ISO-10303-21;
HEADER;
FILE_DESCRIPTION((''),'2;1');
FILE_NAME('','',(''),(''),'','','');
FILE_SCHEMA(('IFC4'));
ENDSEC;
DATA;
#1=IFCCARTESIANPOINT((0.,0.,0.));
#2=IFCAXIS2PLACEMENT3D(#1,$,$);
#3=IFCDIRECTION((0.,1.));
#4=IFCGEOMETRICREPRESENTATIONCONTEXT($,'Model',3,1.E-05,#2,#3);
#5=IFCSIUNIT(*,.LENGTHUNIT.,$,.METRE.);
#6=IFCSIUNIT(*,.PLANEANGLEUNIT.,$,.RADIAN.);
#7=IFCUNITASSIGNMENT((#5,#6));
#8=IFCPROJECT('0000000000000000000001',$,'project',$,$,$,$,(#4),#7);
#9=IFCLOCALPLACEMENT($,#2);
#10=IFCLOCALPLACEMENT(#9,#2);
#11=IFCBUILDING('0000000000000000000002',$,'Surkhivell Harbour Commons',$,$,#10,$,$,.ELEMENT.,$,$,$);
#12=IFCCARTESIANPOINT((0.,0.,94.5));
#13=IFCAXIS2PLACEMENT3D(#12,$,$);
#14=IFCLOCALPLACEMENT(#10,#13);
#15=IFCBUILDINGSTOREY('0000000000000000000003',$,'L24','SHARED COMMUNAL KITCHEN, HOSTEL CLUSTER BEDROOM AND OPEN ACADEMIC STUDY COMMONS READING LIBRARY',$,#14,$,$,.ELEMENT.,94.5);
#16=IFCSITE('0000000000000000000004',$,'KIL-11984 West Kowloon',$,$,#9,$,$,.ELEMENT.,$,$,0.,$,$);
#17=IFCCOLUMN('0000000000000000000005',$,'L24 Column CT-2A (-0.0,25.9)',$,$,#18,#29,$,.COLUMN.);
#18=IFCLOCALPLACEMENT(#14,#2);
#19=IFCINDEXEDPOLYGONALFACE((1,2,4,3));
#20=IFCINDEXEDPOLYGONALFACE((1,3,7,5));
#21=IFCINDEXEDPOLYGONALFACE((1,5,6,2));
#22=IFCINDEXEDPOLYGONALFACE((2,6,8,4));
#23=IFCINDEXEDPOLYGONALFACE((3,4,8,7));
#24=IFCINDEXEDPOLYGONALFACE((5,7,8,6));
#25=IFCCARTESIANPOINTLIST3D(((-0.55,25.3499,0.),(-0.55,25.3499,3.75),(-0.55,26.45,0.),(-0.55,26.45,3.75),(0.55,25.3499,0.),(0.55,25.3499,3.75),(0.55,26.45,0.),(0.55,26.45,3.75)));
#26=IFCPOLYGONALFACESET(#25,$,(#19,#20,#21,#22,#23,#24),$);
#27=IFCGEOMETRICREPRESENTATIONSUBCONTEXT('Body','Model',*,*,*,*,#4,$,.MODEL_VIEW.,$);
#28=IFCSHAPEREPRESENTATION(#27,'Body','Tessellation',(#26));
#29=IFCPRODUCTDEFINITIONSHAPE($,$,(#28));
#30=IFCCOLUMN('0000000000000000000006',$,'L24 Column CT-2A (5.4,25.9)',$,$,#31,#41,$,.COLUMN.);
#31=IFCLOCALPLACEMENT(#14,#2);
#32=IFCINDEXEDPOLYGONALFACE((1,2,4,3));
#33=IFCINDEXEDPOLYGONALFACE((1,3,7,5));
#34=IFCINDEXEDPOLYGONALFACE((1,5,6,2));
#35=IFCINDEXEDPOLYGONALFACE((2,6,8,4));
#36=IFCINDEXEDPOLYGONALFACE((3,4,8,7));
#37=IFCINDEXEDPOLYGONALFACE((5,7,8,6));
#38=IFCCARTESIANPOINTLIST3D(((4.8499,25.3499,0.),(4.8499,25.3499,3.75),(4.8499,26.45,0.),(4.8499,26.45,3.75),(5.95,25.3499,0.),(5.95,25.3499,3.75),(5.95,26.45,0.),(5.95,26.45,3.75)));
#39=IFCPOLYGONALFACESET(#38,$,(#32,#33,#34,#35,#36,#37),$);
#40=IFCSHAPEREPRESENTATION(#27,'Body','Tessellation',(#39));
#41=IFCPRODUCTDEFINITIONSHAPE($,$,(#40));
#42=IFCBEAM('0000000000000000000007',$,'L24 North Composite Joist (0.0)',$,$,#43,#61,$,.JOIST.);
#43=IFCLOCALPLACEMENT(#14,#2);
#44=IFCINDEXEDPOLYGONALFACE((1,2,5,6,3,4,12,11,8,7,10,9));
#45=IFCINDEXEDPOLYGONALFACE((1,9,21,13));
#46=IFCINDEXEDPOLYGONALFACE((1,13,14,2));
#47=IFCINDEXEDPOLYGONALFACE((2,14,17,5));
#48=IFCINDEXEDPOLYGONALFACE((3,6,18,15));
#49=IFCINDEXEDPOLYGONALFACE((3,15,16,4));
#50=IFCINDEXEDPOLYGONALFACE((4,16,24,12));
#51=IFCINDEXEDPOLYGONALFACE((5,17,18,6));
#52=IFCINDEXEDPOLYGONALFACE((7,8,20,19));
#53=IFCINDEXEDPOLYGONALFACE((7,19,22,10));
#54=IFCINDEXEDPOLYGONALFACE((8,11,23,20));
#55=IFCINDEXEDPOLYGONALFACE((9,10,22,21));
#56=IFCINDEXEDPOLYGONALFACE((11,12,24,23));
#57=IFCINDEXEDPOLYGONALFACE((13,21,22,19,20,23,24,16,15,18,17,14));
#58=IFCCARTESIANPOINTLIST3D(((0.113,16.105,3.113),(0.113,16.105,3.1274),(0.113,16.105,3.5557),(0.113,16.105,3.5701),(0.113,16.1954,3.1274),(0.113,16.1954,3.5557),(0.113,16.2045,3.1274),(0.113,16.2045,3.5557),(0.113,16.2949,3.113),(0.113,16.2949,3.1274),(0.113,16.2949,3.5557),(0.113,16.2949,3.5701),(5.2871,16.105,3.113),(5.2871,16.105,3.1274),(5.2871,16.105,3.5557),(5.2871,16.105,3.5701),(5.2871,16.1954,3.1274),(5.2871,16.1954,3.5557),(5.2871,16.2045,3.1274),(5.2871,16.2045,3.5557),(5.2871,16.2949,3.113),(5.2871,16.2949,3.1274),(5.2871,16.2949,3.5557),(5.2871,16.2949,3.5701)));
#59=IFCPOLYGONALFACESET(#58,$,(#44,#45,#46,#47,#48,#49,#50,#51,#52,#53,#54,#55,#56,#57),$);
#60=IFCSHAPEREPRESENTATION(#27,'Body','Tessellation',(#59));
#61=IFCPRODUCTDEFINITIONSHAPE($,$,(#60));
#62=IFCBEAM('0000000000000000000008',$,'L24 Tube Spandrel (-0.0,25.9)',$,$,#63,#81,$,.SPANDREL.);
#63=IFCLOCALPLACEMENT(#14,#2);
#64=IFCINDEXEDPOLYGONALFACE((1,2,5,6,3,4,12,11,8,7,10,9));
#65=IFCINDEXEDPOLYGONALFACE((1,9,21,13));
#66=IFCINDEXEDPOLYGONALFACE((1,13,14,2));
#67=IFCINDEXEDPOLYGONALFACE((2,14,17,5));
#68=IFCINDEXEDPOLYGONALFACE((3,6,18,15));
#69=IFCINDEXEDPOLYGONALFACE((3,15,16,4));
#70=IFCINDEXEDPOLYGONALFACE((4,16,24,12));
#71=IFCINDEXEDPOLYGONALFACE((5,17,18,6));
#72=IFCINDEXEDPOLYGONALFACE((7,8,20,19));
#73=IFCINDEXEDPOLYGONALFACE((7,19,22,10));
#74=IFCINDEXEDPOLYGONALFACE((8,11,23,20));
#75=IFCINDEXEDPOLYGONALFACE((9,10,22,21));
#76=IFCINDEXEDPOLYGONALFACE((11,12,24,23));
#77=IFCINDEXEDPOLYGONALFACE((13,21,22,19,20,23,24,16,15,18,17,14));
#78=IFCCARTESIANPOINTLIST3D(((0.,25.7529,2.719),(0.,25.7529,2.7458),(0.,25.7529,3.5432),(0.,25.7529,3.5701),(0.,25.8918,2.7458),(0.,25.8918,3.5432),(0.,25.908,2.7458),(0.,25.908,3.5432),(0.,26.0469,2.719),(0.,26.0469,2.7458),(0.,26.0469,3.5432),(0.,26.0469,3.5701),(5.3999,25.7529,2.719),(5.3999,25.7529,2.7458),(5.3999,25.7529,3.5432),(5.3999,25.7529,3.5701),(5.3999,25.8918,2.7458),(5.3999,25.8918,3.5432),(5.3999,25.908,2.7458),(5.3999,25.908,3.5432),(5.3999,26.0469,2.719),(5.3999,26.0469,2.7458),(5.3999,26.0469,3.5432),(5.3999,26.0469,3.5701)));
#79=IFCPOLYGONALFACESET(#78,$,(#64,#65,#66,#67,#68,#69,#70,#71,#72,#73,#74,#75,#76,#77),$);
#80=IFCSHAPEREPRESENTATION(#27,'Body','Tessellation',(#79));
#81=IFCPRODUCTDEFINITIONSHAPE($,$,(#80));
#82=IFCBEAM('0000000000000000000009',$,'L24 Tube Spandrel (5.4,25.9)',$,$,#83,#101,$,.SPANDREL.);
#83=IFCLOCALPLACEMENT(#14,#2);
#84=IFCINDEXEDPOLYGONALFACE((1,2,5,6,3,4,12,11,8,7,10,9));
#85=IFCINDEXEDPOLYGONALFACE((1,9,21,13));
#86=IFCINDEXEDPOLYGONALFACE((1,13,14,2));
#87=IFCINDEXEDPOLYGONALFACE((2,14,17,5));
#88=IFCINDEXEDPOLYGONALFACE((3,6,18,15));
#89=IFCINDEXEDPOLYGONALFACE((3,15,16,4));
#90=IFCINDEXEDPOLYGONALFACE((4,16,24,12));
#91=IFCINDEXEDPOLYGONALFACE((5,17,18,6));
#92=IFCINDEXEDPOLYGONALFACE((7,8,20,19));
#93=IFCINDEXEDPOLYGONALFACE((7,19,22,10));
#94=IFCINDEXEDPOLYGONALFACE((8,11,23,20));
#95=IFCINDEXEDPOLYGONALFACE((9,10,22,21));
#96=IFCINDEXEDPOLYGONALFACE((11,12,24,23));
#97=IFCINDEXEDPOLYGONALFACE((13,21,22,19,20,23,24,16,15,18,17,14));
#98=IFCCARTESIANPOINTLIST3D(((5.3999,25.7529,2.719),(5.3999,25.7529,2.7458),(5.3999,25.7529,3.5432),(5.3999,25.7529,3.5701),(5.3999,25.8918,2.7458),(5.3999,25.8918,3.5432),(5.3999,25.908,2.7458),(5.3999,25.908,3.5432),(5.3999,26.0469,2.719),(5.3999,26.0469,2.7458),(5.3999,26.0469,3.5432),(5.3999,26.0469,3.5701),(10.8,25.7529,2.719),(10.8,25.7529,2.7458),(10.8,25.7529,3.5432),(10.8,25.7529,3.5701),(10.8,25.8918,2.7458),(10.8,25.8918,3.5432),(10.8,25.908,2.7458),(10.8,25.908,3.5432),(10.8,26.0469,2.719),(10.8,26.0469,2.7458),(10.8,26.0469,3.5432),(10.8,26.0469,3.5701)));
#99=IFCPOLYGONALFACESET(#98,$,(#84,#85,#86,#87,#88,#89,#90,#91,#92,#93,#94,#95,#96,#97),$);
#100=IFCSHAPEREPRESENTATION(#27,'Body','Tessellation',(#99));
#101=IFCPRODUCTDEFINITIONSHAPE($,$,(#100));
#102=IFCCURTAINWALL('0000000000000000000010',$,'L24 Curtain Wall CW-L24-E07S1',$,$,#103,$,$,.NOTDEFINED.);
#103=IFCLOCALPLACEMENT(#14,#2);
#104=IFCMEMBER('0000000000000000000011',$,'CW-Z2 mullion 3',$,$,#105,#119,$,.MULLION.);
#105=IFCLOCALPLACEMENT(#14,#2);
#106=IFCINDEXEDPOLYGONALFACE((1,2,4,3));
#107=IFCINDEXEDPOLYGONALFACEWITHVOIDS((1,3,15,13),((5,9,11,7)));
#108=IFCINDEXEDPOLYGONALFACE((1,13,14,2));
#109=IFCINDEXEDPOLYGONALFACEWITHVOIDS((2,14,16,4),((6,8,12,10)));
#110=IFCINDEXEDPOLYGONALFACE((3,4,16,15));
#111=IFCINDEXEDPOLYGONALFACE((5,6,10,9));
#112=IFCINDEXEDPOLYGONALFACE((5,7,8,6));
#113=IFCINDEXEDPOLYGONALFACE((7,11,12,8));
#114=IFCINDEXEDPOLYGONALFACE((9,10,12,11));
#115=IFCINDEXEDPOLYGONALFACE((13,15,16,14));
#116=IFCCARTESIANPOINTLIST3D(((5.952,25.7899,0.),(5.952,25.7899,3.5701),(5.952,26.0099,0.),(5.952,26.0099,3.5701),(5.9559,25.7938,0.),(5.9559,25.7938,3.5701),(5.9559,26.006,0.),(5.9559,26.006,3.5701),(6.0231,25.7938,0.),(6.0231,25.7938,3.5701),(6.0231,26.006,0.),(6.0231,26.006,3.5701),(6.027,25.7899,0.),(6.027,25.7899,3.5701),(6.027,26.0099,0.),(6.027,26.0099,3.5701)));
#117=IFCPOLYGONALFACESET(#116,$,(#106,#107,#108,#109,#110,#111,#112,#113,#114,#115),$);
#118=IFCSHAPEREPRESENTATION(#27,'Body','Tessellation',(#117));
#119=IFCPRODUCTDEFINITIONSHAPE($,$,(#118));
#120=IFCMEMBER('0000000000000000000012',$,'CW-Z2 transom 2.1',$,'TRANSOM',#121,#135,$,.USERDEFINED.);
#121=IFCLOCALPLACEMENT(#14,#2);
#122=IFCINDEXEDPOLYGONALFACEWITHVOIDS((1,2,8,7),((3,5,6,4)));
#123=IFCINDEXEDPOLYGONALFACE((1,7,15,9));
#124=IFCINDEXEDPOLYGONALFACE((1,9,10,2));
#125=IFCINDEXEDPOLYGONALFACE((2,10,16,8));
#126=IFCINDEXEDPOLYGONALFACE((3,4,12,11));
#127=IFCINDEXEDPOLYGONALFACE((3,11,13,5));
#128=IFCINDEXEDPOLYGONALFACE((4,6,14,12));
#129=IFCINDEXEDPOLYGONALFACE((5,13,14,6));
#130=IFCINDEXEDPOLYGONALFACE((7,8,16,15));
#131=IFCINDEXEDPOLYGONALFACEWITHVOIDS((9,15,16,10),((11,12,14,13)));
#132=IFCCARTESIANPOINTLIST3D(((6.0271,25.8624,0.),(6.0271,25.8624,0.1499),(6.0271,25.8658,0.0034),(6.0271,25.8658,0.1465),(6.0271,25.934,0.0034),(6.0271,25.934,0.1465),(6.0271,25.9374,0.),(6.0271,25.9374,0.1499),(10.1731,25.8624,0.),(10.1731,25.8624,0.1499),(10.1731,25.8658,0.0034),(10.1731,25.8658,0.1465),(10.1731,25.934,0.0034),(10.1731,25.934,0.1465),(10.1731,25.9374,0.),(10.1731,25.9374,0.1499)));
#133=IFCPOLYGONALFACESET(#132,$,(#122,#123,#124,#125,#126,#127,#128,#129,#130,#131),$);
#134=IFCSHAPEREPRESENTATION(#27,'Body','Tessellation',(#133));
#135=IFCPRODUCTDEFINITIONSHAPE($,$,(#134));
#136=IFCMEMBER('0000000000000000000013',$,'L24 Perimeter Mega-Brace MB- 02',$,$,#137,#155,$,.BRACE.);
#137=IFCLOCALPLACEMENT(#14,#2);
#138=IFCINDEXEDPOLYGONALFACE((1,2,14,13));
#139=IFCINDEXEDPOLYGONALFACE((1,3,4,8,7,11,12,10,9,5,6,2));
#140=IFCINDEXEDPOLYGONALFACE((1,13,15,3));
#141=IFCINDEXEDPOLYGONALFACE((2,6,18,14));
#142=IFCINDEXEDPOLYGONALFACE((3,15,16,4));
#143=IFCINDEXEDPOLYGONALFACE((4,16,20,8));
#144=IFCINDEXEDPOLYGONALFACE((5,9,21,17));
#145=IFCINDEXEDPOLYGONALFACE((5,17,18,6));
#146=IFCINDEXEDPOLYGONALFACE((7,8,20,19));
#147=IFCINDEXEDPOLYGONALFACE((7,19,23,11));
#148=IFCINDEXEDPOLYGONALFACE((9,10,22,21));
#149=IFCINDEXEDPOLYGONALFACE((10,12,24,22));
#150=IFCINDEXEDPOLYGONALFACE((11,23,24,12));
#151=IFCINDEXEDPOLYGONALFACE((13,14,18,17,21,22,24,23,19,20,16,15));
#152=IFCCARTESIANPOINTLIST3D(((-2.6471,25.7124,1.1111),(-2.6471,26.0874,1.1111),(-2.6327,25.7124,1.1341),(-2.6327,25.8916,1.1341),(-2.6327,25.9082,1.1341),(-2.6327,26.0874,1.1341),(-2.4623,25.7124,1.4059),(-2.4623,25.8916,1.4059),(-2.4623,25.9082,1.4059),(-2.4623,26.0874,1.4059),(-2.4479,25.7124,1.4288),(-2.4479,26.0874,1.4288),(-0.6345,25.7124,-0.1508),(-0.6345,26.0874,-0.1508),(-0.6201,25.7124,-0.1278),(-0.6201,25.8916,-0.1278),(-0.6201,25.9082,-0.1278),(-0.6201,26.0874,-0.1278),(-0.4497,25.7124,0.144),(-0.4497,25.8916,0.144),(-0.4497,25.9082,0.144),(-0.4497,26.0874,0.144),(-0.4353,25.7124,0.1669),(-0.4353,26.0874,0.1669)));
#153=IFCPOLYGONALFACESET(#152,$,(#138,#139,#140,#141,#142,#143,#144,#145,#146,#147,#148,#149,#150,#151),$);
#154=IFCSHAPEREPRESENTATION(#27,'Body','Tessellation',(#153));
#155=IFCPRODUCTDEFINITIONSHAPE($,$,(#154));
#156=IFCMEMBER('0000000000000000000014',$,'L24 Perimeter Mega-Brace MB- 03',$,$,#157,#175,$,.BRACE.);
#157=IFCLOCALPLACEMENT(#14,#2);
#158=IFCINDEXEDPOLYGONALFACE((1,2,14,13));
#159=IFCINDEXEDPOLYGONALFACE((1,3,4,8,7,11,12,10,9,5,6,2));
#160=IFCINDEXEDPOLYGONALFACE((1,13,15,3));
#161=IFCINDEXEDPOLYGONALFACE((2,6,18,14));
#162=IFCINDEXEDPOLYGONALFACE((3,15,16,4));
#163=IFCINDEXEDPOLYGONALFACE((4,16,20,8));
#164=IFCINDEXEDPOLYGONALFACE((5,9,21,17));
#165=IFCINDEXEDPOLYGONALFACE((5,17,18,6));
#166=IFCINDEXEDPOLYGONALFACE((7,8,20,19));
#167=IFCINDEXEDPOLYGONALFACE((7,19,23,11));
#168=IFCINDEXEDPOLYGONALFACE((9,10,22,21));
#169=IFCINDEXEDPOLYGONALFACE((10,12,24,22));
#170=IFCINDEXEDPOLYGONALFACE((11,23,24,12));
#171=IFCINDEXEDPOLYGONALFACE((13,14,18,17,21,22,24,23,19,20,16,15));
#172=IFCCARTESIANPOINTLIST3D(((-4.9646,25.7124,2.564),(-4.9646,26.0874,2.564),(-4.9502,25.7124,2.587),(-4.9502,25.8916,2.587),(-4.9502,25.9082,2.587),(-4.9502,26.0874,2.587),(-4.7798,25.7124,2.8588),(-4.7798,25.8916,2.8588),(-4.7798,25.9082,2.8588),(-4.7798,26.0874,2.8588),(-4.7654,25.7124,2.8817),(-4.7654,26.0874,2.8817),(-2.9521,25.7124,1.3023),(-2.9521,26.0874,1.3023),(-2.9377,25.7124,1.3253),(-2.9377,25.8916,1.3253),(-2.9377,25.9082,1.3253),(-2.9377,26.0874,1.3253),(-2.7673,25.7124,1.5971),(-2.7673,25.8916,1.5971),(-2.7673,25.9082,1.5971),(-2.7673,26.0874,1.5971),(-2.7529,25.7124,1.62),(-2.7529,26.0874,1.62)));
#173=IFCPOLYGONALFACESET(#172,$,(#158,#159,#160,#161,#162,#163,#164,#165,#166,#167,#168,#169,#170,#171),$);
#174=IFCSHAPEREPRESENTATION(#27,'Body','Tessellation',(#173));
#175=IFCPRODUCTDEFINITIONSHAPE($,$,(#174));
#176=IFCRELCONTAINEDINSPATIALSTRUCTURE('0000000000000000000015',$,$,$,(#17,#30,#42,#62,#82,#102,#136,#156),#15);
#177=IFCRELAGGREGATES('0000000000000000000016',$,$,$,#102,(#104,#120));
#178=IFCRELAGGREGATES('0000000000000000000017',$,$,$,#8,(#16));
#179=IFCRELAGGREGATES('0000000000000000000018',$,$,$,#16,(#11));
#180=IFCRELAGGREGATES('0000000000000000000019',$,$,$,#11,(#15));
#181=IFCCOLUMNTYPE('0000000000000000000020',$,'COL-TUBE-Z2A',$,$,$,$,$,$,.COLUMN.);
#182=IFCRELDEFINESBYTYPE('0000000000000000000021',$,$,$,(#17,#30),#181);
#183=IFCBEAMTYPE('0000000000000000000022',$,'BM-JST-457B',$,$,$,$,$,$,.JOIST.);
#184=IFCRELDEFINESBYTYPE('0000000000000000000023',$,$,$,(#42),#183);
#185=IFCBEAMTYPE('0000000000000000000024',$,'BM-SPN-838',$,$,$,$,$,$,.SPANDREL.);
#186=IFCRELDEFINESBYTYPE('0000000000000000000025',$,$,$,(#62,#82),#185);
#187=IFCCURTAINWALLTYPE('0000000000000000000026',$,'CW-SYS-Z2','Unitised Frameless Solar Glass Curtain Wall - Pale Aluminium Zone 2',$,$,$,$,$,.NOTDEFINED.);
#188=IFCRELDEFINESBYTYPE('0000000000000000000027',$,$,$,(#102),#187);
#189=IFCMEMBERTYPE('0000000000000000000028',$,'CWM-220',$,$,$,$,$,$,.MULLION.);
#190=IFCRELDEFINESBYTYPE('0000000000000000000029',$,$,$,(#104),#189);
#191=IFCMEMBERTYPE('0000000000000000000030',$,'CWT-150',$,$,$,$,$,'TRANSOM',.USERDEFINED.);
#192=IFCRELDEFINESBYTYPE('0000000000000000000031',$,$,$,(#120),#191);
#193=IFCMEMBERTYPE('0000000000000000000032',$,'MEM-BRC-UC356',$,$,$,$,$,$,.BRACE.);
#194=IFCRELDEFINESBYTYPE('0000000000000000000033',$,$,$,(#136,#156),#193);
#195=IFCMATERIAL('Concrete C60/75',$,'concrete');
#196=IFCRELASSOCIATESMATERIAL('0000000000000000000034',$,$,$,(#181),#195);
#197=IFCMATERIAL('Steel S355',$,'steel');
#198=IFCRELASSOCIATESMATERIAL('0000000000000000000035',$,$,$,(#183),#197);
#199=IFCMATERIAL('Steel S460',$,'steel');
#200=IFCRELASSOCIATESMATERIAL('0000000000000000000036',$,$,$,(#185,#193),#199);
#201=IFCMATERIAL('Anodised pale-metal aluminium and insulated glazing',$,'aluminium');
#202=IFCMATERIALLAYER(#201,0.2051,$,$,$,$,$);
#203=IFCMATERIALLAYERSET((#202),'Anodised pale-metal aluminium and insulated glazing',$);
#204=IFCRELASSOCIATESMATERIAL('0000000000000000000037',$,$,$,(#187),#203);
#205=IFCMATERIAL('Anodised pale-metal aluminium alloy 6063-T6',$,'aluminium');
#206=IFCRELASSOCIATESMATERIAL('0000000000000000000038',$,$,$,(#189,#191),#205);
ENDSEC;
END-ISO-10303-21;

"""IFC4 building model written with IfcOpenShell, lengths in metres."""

from ifc_helpers import new_model, si_unit, direction, frame, origin, origin_2d, place, context, subcontext, project, spatial, rectangle, hollow_rectangle, i_section, extrude, material, layer, layer_set, material_profile, profile_set, type_object, element, aggregate, save


model = new_model("IFC4")

# Units and contexts
model_context = context("Model", 3, precision=1e-05, world=origin(), true_north=direction((0.0, 1.0)))
body_context = subcontext(model_context, "Body", "Model", "MODEL_VIEW")
ifc_project = project(units=[si_unit("LENGTHUNIT", "METRE"), si_unit("PLANEANGLEUNIT", "RADIAN")], contexts=[model_context])

# Site, building, storey
site_placement = place(None, origin())
site = spatial("IfcSite", under=ifc_project, at=site_placement, Name="KIL-11984 West Kowloon", CompositionType="ELEMENT", RefElevation=0.0)
building_placement = place(site_placement, origin())
building = spatial("IfcBuilding", under=site, at=building_placement, Name="Surkhivell Harbour Commons", CompositionType="ELEMENT")
storey_placement = place(building_placement, frame((0.0, 0.0, 94.5)))
storey = spatial("IfcBuildingStorey", under=building, at=storey_placement, Name="L24", Description="SHARED COMMUNAL KITCHEN, HOSTEL CLUSTER BEDROOM AND OPEN ACADEMIC STUDY COMMONS READING LIBRARY", CompositionType="ELEMENT", Elevation=94.5)

# Columns
ifc_material_1 = material(Name="Concrete C60/75", Category="concrete")
ifc_material_profile_1 = material_profile(ifc_material_1, rectangle(XDim=1.1001, YDim=1.1001, at=origin_2d()), Name="RC-COL-1100x1100")
ifc_profile_set_1 = profile_set([ifc_material_profile_1], Name="Concrete C60/75")
column_type = type_object("IfcColumnType", Name="COL-TUBE-Z2A", PredefinedType="COLUMN", material=ifc_profile_set_1)
for number, where, z_axis, x_axis, name in (
    (1, (0.0, 25.8999, 0.0), (0.0, 0.0, 1.0), (1.0, 0.0, 0.0), "L24 Column CT-2A (-0.0,25.9)"),
    (2, (5.3999, 25.8999, 0.0), (0.0, 0.0, 1.0), (1.0, 0.0, 0.0), "L24 Column CT-2A (5.4,25.9)"),
):
    element("IfcColumn", number, at=place(storey_placement, frame(where, z_axis=z_axis, x_axis=x_axis)), inside=storey, type_object=column_type, Name=name, PredefinedType="COLUMN", context=body_context, shape_type="SweptSolid", body=[
        extrude(rectangle(XDim=1.1001, YDim=1.1001, at=origin_2d()), origin(), (0.0, 0.0, 1.0), 3.75),
    ])

# Beams
ifc_material_2 = material(Name="Steel S355", Category="steel")
ifc_material_profile_2 = material_profile(ifc_material_2, i_section(OverallWidth=0.1899, OverallDepth=0.457, WebThickness=0.009, FlangeThickness=0.0144, at=origin_2d()), Name="UB457x191x74")
ifc_profile_set_2 = profile_set([ifc_material_profile_2], Name="Steel S355")
beam_type_1 = type_object("IfcBeamType", Name="BM-JST-457B", PredefinedType="JOIST", material=ifc_profile_set_2)
beam_1_placement = place(storey_placement, frame((0.113, 16.2, 3.3416), z_axis=(1.0, 0.0, 0.0), x_axis=(0.0, 1.0, 0.0)))
element("IfcBeam", 3, at=beam_1_placement, inside=storey, type_object=beam_type_1, Name="L24 North Composite Joist (0.0)", PredefinedType="JOIST", context=body_context, shape_type="SweptSolid", body=[
    extrude(i_section(OverallWidth=0.1899, OverallDepth=0.457, WebThickness=0.009, FlangeThickness=0.0144, at=origin_2d()), origin(), (0.0, 0.0, 1.0), 5.1741),
])
ifc_material_3 = material(Name="Steel S460", Category="steel")
ifc_material_profile_3 = material_profile(ifc_material_3, i_section(OverallWidth=0.2939, OverallDepth=0.8511, WebThickness=0.0161, FlangeThickness=0.0269, at=origin_2d()), Name="UB838x292x226")
ifc_profile_set_3 = profile_set([ifc_material_profile_3], Name="Steel S460")
beam_type_2 = type_object("IfcBeamType", Name="BM-SPN-838", PredefinedType="SPANDREL", material=ifc_profile_set_3)
beam_2_placement = place(storey_placement, frame((0.0, 25.8999, 3.1445), z_axis=(1.0, 0.0, 0.0), x_axis=(0.0, 1.0, 0.0)))
element("IfcBeam", 4, at=beam_2_placement, inside=storey, type_object=beam_type_2, Name="L24 Tube Spandrel (-0.0,25.9)", PredefinedType="SPANDREL", context=body_context, shape_type="SweptSolid", body=[
    extrude(i_section(OverallWidth=0.2939, OverallDepth=0.8511, WebThickness=0.0161, FlangeThickness=0.0269, at=origin_2d()), origin(), (0.0, 0.0, 1.0), 5.3999),
])
beam_3_placement = place(storey_placement, frame((5.3999, 25.8999, 3.1445), z_axis=(1.0, 0.0, 0.0), x_axis=(0.0, 1.0, 0.0)))
element("IfcBeam", 5, at=beam_3_placement, inside=storey, type_object=beam_type_2, Name="L24 Tube Spandrel (5.4,25.9)", PredefinedType="SPANDREL", context=body_context, shape_type="SweptSolid", body=[
    extrude(i_section(OverallWidth=0.2939, OverallDepth=0.8511, WebThickness=0.0161, FlangeThickness=0.0269, at=origin_2d()), origin(), (0.0, 0.0, 1.0), 5.4001),
])

# Curtain wall, members
ifc_material_4 = material(Name="Anodised pale-metal aluminium and insulated glazing", Category="aluminium")
ifc_layer_1 = layer(ifc_material_4, 0.2051)
ifc_layer_set_1 = layer_set([ifc_layer_1], Name="Anodised pale-metal aluminium and insulated glazing")
curtain_wall_type = type_object("IfcCurtainWallType", Name="CW-SYS-Z2", Description="Unitised Frameless Solar Glass Curtain Wall - Pale Aluminium Zone 2", PredefinedType="NOTDEFINED", material=ifc_layer_set_1)
curtain_wall_placement = place(storey_placement, origin())
curtain_wall = element("IfcCurtainWall", 6, at=curtain_wall_placement, inside=storey, type_object=curtain_wall_type, Name="L24 Curtain Wall CW-L24-E07S1", PredefinedType="NOTDEFINED")
ifc_material_5 = material(Name="Anodised pale-metal aluminium alloy 6063-T6", Category="aluminium")
ifc_material_profile_4 = material_profile(ifc_material_5, hollow_rectangle(XDim=0.075, YDim=0.22, WallThickness=0.0039, at=origin_2d()), Name="ALU-MULL-75x220")
ifc_profile_set_4 = profile_set([ifc_material_profile_4], Name="Anodised pale-metal aluminium alloy 6063-T6")
member_type_1 = type_object("IfcMemberType", Name="CWM-220", PredefinedType="MULLION", material=ifc_profile_set_4)
member_1_placement = place(storey_placement, frame((5.9895, 25.8999, 0.0), z_axis=(0.0, 0.0, 1.0), x_axis=(-1.0, 0.0, 0.0)))
member_1 = element("IfcMember", 7, at=member_1_placement, type_object=member_type_1, Name="CW-Z2 mullion 3", PredefinedType="MULLION", context=body_context, shape_type="SweptSolid", body=[
    extrude(hollow_rectangle(XDim=0.075, YDim=0.22, WallThickness=0.0039, at=origin_2d()), origin(), (0.0, 0.0, 1.0), 3.5701),
])
ifc_material_profile_5 = material_profile(ifc_material_5, hollow_rectangle(XDim=0.075, YDim=0.1499, WallThickness=0.0034, at=origin_2d()), Name="ALU-TRAN-75x150")
ifc_profile_set_5 = profile_set([ifc_material_profile_5], Name="Anodised pale-metal aluminium alloy 6063-T6")
member_type_2 = type_object("IfcMemberType", Name="CWT-150", ElementType="TRANSOM", PredefinedType="USERDEFINED", material=ifc_profile_set_5)
member_2_placement = place(storey_placement, frame((10.1731, 25.8999, 0.075), z_axis=(-1.0, 0.0, 0.0), x_axis=(0.0, -1.0, 0.0)))
member_2 = element("IfcMember", 8, at=member_2_placement, type_object=member_type_2, Name="CW-Z2 transom 2.1", ObjectType="TRANSOM", PredefinedType="USERDEFINED", context=body_context, shape_type="SweptSolid", body=[
    extrude(hollow_rectangle(XDim=0.075, YDim=0.1499, WallThickness=0.0034, at=origin_2d()), origin(), (0.0, 0.0, 1.0), 4.146),
])

# Members
ifc_material_profile_6 = material_profile(ifc_material_3, i_section(OverallWidth=0.375, OverallDepth=0.375, WebThickness=0.0166, FlangeThickness=0.0271, at=origin_2d()), Name="UC356x368x202")
ifc_profile_set_6 = profile_set([ifc_material_profile_6], Name="Steel S460")
member_type_3 = type_object("IfcMemberType", Name="MEM-BRC-UC356", PredefinedType="BRACE", material=ifc_profile_set_6)
member_3_placement = place(storey_placement, frame((-0.5349, 25.8999, 0.0081), z_axis=(-0.847235, 0.0, 0.531218), x_axis=(0.0, -1.0, 0.0)))
element("IfcMember", 9, at=member_3_placement, inside=storey, type_object=member_type_3, Name="L24 Perimeter Mega-Brace MB- 02", PredefinedType="BRACE", context=body_context, shape_type="SweptSolid", body=[
    extrude(i_section(OverallWidth=0.375, OverallDepth=0.375, WebThickness=0.0166, FlangeThickness=0.0271, at=origin_2d()), origin(), (0.0, 0.0, 1.0), 2.3755),
])
member_4_placement = place(storey_placement, frame((-2.8525, 25.8999, 1.4612), z_axis=(-0.847253, 0.0, 0.53119), x_axis=(0.0, -1.0, 0.0)))
element("IfcMember", 10, at=member_4_placement, inside=storey, type_object=member_type_3, Name="L24 Perimeter Mega-Brace MB- 03", PredefinedType="BRACE", context=body_context, shape_type="SweptSolid", body=[
    extrude(i_section(OverallWidth=0.375, OverallDepth=0.375, WebThickness=0.0166, FlangeThickness=0.0271, at=origin_2d()), origin(), (0.0, 0.0, 1.0), 2.3752),
])

aggregate(curtain_wall, [member_1, member_2])

save(model, "model.ifc")
